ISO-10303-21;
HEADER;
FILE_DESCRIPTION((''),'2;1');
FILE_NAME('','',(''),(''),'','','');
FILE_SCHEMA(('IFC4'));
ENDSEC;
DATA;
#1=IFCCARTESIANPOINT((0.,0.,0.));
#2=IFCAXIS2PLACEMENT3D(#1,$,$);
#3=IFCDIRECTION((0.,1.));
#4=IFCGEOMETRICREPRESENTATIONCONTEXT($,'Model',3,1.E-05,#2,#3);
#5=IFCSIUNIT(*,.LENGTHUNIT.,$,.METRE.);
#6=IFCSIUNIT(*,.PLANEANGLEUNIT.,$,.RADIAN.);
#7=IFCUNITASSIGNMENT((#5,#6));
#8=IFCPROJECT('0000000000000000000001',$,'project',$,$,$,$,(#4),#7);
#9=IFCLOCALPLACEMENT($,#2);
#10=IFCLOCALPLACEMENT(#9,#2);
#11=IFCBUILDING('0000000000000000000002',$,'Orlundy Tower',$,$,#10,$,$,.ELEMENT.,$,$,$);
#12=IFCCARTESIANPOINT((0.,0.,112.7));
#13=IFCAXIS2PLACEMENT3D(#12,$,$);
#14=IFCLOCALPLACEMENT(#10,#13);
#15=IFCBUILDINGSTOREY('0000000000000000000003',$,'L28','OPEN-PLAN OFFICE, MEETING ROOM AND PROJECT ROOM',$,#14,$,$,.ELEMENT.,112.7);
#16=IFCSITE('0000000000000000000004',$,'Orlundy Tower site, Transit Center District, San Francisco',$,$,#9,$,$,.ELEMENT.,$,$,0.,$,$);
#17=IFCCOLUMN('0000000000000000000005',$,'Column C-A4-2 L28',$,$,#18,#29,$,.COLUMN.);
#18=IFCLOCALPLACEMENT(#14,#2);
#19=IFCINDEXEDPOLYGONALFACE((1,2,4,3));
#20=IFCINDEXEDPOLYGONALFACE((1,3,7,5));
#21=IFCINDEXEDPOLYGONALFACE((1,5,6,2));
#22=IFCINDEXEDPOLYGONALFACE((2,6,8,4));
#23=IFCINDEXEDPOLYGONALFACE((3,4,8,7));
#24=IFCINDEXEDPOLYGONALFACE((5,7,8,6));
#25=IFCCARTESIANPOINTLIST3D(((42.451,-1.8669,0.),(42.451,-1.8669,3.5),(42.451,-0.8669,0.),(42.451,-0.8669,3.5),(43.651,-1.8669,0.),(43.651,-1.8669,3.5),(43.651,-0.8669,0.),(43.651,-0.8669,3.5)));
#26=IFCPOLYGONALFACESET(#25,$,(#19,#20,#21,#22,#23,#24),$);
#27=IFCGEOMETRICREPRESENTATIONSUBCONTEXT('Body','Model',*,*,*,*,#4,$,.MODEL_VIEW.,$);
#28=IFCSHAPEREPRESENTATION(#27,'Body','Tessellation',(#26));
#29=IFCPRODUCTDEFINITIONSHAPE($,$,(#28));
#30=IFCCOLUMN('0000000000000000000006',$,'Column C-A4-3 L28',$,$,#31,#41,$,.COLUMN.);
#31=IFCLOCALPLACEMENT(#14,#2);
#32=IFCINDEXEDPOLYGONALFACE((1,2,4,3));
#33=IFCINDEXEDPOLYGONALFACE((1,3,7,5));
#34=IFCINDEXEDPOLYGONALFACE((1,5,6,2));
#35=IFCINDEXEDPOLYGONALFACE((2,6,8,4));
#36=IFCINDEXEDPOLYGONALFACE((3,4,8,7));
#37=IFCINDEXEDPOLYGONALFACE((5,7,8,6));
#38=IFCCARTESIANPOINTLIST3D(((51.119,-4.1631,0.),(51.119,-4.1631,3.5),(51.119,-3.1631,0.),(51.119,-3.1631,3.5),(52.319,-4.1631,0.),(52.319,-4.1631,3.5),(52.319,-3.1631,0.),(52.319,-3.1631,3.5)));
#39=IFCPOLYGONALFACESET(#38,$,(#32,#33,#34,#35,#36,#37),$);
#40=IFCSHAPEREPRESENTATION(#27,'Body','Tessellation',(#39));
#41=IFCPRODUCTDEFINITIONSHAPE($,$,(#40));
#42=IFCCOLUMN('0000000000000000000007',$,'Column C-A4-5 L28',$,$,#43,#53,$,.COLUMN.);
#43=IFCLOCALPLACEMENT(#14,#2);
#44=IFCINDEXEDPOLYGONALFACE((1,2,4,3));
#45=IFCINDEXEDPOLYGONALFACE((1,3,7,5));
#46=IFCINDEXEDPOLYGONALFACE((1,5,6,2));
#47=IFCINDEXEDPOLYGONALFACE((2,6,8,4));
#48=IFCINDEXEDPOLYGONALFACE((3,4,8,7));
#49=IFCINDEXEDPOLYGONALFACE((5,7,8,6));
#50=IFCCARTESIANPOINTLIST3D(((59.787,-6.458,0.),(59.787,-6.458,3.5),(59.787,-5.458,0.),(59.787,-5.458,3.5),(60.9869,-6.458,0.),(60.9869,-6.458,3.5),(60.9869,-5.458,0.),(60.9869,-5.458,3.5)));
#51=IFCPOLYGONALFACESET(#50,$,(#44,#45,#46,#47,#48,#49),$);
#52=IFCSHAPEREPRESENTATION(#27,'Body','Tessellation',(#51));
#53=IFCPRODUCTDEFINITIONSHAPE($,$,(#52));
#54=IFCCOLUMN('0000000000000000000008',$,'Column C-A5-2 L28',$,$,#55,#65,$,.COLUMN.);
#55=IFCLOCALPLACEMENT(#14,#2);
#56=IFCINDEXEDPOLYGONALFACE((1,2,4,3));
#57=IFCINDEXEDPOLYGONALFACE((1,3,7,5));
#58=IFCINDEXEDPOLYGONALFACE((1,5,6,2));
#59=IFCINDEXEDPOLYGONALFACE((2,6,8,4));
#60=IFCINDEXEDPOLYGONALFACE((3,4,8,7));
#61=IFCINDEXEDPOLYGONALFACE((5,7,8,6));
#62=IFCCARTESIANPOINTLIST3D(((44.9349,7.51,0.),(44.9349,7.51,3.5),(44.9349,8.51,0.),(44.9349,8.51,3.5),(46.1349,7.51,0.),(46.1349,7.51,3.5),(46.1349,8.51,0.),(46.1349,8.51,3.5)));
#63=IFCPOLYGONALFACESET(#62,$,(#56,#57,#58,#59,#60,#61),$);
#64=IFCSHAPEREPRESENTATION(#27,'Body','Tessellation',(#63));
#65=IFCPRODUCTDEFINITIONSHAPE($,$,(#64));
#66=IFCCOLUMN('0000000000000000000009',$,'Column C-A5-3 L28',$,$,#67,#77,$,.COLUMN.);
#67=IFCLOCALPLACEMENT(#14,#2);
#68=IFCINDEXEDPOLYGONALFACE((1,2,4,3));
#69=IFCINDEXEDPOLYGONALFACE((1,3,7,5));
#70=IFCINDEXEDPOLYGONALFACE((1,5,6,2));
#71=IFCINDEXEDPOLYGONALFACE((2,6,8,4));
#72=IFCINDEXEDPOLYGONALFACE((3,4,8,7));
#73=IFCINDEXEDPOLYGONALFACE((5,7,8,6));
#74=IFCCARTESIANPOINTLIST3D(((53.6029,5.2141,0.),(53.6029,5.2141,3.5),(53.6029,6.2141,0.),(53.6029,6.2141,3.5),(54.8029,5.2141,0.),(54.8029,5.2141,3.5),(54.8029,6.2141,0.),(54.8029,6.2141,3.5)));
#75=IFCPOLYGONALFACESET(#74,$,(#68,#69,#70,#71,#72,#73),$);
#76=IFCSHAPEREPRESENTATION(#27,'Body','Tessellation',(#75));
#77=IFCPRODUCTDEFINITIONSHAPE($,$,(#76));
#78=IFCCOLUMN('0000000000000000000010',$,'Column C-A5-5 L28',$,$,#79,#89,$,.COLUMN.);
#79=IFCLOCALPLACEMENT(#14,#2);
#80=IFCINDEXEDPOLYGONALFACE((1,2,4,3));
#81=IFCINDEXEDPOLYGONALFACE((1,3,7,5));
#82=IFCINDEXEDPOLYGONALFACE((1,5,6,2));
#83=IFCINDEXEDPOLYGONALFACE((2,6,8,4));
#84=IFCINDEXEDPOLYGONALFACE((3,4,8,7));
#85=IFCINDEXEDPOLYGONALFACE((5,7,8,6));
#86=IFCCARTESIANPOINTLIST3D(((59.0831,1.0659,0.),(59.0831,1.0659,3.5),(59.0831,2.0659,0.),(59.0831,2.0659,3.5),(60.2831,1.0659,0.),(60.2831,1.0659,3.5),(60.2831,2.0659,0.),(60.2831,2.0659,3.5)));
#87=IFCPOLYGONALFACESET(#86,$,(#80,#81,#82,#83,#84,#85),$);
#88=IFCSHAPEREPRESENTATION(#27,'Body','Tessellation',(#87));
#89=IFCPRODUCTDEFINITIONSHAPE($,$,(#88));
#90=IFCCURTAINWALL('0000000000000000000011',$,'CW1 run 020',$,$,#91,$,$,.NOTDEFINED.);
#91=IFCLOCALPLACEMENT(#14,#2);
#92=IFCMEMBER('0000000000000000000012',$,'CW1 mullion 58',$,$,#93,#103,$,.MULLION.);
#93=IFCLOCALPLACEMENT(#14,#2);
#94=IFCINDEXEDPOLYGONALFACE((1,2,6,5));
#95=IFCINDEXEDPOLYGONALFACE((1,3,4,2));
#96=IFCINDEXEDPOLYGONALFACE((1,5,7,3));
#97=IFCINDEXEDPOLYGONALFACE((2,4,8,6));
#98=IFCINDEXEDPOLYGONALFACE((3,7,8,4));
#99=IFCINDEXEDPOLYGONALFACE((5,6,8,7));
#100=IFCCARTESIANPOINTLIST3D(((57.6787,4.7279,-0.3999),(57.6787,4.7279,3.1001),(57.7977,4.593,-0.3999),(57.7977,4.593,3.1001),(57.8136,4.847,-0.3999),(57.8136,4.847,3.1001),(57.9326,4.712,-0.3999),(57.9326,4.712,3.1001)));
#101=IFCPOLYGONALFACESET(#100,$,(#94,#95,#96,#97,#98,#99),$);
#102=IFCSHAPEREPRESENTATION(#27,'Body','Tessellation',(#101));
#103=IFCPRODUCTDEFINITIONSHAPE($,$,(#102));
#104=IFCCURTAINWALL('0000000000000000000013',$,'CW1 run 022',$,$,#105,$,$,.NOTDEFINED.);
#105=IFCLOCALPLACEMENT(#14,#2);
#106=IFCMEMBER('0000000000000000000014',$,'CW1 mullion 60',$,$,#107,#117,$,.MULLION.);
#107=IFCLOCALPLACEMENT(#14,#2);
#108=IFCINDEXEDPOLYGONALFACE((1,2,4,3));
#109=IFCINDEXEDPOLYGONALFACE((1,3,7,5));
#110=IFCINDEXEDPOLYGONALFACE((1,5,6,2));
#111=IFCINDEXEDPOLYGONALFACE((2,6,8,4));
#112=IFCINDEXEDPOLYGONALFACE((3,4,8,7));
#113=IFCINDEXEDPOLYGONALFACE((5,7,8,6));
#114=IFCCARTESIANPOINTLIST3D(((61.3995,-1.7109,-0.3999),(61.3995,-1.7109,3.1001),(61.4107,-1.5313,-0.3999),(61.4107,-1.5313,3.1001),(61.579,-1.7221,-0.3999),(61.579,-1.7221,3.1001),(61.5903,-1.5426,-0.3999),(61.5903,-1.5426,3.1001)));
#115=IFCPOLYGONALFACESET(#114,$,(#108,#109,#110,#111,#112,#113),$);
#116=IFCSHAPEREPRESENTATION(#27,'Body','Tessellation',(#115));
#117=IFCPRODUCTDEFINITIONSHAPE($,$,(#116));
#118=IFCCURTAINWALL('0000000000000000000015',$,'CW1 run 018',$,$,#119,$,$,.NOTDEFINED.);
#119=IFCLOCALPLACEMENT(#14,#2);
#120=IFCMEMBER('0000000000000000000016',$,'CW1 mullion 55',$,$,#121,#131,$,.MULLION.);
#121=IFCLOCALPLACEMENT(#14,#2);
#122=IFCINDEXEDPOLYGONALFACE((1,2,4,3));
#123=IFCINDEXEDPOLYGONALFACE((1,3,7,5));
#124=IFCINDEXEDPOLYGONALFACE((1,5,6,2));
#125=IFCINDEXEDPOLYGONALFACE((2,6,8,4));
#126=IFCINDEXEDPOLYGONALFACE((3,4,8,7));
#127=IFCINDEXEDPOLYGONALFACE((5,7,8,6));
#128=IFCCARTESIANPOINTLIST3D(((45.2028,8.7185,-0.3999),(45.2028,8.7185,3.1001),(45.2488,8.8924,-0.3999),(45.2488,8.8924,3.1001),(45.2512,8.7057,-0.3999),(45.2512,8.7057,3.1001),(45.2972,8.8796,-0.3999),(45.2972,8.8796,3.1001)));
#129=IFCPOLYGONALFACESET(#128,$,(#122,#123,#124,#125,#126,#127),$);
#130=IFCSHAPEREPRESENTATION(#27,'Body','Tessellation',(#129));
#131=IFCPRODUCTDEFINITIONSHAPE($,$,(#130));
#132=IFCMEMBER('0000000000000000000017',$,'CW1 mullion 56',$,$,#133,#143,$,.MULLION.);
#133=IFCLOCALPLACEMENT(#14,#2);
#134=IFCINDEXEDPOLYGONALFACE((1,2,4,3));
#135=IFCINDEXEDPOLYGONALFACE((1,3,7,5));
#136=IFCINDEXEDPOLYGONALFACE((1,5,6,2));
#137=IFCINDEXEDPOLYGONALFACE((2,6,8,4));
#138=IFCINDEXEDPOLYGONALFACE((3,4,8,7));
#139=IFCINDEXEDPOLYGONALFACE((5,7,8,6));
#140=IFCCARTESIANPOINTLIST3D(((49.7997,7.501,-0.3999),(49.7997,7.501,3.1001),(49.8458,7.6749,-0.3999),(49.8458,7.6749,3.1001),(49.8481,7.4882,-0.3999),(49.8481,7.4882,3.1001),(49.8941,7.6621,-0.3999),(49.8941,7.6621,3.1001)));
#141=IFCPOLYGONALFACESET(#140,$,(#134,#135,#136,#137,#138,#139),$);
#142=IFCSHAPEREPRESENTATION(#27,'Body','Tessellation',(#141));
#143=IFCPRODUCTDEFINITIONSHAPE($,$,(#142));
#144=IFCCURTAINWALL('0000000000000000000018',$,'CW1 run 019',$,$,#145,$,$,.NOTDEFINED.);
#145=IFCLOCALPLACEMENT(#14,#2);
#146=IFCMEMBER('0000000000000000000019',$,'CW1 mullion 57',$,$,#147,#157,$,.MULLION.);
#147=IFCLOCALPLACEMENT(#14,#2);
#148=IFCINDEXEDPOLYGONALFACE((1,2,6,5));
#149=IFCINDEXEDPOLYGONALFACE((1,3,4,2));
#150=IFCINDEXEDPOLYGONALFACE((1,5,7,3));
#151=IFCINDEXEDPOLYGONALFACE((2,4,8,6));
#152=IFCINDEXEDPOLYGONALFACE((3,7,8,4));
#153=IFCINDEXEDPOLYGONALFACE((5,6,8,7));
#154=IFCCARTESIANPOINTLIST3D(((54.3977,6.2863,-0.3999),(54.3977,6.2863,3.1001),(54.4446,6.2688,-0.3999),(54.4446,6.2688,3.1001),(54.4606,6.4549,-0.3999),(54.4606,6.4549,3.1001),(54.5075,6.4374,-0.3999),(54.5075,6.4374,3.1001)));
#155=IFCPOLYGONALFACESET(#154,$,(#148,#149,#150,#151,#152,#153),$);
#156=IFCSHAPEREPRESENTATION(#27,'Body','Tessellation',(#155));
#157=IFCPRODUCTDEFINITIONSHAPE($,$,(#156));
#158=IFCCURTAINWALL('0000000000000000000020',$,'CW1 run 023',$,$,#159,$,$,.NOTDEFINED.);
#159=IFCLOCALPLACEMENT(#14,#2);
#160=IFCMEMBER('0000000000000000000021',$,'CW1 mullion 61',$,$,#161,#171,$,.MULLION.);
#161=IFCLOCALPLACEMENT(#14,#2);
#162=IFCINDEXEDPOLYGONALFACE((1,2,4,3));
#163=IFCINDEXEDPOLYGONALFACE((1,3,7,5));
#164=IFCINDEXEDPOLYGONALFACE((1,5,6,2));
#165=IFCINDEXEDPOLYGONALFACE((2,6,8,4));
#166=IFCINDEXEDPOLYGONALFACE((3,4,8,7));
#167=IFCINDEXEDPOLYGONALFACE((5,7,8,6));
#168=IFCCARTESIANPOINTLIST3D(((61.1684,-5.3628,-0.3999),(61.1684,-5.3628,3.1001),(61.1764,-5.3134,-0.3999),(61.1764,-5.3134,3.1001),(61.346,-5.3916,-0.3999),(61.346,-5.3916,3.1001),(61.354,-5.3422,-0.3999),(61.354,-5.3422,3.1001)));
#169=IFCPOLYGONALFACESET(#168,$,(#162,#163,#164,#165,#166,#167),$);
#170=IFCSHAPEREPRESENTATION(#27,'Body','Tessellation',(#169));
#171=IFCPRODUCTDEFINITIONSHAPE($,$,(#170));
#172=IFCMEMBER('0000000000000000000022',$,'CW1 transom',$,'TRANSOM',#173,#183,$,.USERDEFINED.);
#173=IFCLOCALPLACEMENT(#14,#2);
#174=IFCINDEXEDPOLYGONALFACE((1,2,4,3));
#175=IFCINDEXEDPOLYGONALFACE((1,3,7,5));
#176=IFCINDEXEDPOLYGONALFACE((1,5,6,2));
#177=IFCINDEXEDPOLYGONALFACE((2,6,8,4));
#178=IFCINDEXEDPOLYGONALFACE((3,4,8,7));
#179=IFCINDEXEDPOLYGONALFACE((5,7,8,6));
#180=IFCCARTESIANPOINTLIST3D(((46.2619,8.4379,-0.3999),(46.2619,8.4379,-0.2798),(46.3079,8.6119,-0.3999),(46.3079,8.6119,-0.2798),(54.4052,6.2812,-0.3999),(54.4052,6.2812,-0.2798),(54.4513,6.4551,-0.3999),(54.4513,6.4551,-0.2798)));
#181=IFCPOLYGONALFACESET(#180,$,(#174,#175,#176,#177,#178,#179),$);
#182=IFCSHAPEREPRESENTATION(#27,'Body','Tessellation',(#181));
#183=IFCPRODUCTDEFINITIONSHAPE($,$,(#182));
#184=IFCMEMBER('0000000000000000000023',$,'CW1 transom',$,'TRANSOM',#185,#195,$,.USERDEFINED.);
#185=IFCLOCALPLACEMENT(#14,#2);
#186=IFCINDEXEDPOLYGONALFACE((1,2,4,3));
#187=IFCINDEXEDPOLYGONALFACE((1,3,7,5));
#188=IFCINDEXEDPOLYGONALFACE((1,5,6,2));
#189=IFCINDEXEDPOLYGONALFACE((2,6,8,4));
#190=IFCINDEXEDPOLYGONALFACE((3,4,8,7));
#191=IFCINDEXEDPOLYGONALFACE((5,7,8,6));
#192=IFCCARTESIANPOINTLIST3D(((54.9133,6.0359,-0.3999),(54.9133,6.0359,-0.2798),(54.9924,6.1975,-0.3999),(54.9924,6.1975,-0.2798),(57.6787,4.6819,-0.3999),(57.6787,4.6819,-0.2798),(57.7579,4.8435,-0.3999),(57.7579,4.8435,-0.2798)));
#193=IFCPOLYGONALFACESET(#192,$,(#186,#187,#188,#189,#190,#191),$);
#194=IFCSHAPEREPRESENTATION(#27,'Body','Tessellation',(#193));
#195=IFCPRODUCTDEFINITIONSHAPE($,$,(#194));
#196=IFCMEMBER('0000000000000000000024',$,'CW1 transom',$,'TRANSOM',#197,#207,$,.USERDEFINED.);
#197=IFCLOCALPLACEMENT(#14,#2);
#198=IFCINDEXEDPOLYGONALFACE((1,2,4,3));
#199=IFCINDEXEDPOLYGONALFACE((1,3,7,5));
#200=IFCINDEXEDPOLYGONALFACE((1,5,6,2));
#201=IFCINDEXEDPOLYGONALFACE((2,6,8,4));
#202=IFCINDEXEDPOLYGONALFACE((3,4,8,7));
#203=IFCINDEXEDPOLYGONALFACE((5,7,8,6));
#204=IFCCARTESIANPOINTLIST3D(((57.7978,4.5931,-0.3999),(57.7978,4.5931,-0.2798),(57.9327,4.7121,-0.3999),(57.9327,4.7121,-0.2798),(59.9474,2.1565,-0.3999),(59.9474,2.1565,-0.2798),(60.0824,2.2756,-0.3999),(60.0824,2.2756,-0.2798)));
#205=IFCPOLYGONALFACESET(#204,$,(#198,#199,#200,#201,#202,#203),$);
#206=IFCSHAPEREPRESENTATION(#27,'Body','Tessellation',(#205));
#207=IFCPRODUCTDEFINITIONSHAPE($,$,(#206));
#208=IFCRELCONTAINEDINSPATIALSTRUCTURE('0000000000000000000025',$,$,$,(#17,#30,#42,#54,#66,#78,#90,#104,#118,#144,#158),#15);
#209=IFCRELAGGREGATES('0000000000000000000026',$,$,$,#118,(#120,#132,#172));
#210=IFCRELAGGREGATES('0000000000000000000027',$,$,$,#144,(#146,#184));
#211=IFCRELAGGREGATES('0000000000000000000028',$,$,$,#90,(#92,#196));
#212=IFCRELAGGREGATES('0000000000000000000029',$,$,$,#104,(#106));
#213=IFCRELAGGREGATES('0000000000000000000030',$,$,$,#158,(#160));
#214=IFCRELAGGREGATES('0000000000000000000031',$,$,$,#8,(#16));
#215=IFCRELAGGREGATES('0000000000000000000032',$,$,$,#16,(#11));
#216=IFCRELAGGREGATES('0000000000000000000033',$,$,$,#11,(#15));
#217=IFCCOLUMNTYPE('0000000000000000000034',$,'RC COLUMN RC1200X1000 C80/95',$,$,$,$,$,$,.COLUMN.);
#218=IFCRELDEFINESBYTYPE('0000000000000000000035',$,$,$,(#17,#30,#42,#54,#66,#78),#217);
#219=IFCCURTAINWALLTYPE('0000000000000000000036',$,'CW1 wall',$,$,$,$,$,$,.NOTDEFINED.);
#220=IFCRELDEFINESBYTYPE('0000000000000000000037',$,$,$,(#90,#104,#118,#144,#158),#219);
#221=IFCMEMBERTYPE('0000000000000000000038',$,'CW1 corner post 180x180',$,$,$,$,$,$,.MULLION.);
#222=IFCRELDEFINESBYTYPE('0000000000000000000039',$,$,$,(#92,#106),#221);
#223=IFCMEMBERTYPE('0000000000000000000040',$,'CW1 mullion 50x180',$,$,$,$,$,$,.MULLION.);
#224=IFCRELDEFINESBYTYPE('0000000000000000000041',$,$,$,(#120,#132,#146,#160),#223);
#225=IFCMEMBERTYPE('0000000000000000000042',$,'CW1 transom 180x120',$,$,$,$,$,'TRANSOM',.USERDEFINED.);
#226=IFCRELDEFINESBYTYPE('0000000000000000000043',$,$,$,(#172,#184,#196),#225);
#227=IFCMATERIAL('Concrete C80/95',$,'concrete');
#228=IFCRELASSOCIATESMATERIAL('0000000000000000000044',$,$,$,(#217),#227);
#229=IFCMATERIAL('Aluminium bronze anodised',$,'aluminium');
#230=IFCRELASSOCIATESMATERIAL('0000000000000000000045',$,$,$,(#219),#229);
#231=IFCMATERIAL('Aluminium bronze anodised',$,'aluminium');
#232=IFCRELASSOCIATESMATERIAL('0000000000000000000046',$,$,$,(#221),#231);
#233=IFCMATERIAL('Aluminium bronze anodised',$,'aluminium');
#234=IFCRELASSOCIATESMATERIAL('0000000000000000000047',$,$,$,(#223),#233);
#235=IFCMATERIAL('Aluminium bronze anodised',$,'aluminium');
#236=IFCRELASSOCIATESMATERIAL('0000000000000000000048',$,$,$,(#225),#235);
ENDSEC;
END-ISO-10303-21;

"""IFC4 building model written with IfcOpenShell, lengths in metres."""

from ifc_helpers import new_model, si_unit, direction, frame, origin, origin_2d, place, context, subcontext, project, spatial, rectangle, extrude, material, material_profile, profile_set, type_object, element, aggregate, save


model = new_model("IFC4")

# Units and contexts
model_context = context("Model", 3, precision=1e-05, world=origin(), true_north=direction((0.0, 1.0)))
body_context = subcontext(model_context, "Body", "Model", "MODEL_VIEW")
ifc_project = project(units=[si_unit("LENGTHUNIT", "METRE"), si_unit("PLANEANGLEUNIT", "RADIAN")], contexts=[model_context])

# Site, building, storey
site_placement = place(None, origin())
site = spatial("IfcSite", under=ifc_project, at=site_placement, Name="Orlundy Tower site, Transit Center District, San Francisco", CompositionType="ELEMENT", RefElevation=0.0)
building_placement = place(site_placement, origin())
building = spatial("IfcBuilding", under=site, at=building_placement, Name="Orlundy Tower", CompositionType="ELEMENT")
storey_placement = place(building_placement, frame((0.0, 0.0, 112.7)))
storey = spatial("IfcBuildingStorey", under=building, at=storey_placement, Name="L28", Description="OPEN-PLAN OFFICE, MEETING ROOM AND PROJECT ROOM", CompositionType="ELEMENT", Elevation=112.7)

# Columns
ifc_material_1 = material(Name="Concrete C80/95", Category="concrete")
ifc_material_profile_1 = material_profile(ifc_material_1, rectangle(XDim=1.2, YDim=1.0, at=origin_2d()), Name="RC1200X1000")
ifc_profile_set_1 = profile_set([ifc_material_profile_1], Name="Concrete C80/95")
column_type = type_object("IfcColumnType", Name="RC COLUMN RC1200X1000 C80/95", PredefinedType="COLUMN", material=ifc_profile_set_1)
for number, where, z_axis, x_axis, name in (
    (1, (43.051, -1.3669, 0.0), (0.0, 0.0, 1.0), (1.0, 0.0, 0.0), "Column C-A4-2 L28"),
    (2, (51.719, -3.6631, 0.0), (0.0, 0.0, 1.0), (1.0, 0.0, 0.0), "Column C-A4-3 L28"),
    (3, (60.387, -5.958, 0.0), (0.0, 0.0, 1.0), (1.0, 0.0, 0.0), "Column C-A4-5 L28"),
    (4, (45.5349, 8.01, 0.0), (0.0, 0.0, 1.0), (1.0, 0.0, 0.0), "Column C-A5-2 L28"),
    (5, (54.2029, 5.7141, 0.0), (0.0, 0.0, 1.0), (1.0, 0.0, 0.0), "Column C-A5-3 L28"),
    (6, (59.6831, 1.5659, 0.0), (0.0, 0.0, 1.0), (1.0, 0.0, 0.0), "Column C-A5-5 L28"),
):
    element("IfcColumn", number, at=place(storey_placement, frame(where, z_axis=z_axis, x_axis=x_axis)), inside=storey, type_object=column_type, Name=name, PredefinedType="COLUMN", context=body_context, shape_type="SweptSolid", body=[
        extrude(rectangle(XDim=1.2, YDim=1.0, at=origin_2d()), origin(), (0.0, 0.0, 1.0), 3.5),
    ])

# Curtain walls, members
ifc_material_2 = material(Name="Aluminium bronze anodised", Category="aluminium")
curtain_wall_type = type_object("IfcCurtainWallType", Name="CW1 wall", PredefinedType="NOTDEFINED", material=ifc_material_2)
curtain_wall_1_placement = place(storey_placement, origin())
curtain_wall_1 = element("IfcCurtainWall", 7, at=curtain_wall_1_placement, inside=storey, type_object=curtain_wall_type, Name="CW1 run 020", PredefinedType="NOTDEFINED")
ifc_material_3 = material(Name="Aluminium bronze anodised", Category="aluminium")
ifc_material_profile_2 = material_profile(ifc_material_3, rectangle(XDim=0.1799, YDim=0.1799, at=origin_2d()), Name="CW1 corner post 180x180")
ifc_profile_set_2 = profile_set([ifc_material_profile_2], Name="Aluminium bronze anodised")
member_type_1 = type_object("IfcMemberType", Name="CW1 corner post 180x180", PredefinedType="MULLION", material=ifc_profile_set_2)
member_1_placement = place(storey_placement, frame((57.8057, 4.72, -0.3999), z_axis=(0.0, 0.0, 1.0), x_axis=(0.749846, 0.661613, 0.0)))
member_1 = element("IfcMember", 8, at=member_1_placement, type_object=member_type_1, Name="CW1 mullion 58", PredefinedType="MULLION", context=body_context, shape_type="SweptSolid", body=[
    extrude(rectangle(XDim=0.1799, YDim=0.1799, at=origin_2d()), origin(), (0.0, 0.0, 1.0), 3.5),
])
curtain_wall_2_placement = place(storey_placement, origin())
curtain_wall_2 = element("IfcCurtainWall", 9, at=curtain_wall_2_placement, inside=storey, type_object=curtain_wall_type, Name="CW1 run 022", PredefinedType="NOTDEFINED")
member_2_placement = place(storey_placement, frame((61.4949, -1.6267, -0.3999), z_axis=(0.0, 0.0, 1.0), x_axis=(0.998039, -0.062597, 0.0)))
member_2 = element("IfcMember", 10, at=member_2_placement, type_object=member_type_1, Name="CW1 mullion 60", PredefinedType="MULLION", context=body_context, shape_type="SweptSolid", body=[
    extrude(rectangle(XDim=0.1799, YDim=0.1799, at=origin_2d()), origin(), (0.0, 0.0, 1.0), 3.5),
])

# Curtain wall, members
curtain_wall_3_placement = place(storey_placement, origin())
curtain_wall_3 = element("IfcCurtainWall", 11, at=curtain_wall_3_placement, inside=storey, type_object=curtain_wall_type, Name="CW1 run 018", PredefinedType="NOTDEFINED")
ifc_material_4 = material(Name="Aluminium bronze anodised", Category="aluminium")
ifc_material_profile_3 = material_profile(ifc_material_4, rectangle(XDim=0.1799, YDim=0.05, at=origin_2d()), Name="CW1 mullion 50x180")
ifc_profile_set_3 = profile_set([ifc_material_profile_3], Name="Aluminium bronze anodised")
member_type_2 = type_object("IfcMemberType", Name="CW1 mullion 50x180", PredefinedType="MULLION", material=ifc_profile_set_3)
member_3_placement = place(storey_placement, frame((45.25, 8.7991, -0.3999), z_axis=(0.0, 0.0, 1.0), x_axis=(0.25602, 0.966672, 0.0)))
member_3 = element("IfcMember", 12, at=member_3_placement, type_object=member_type_2, Name="CW1 mullion 55", PredefinedType="MULLION", context=body_context, shape_type="SweptSolid", body=[
    extrude(rectangle(XDim=0.1799, YDim=0.05, at=origin_2d()), origin(), (0.0, 0.0, 1.0), 3.5),
])
member_4_placement = place(storey_placement, frame((49.8469, 7.5815, -0.3999), z_axis=(0.0, 0.0, 1.0), x_axis=(0.25602, 0.966672, 0.0)))
member_4 = element("IfcMember", 13, at=member_4_placement, type_object=member_type_2, Name="CW1 mullion 56", PredefinedType="MULLION", context=body_context, shape_type="SweptSolid", body=[
    extrude(rectangle(XDim=0.1799, YDim=0.05, at=origin_2d()), origin(), (0.0, 0.0, 1.0), 3.5),
])

# Curtain walls, members
curtain_wall_4_placement = place(storey_placement, origin())
curtain_wall_4 = element("IfcCurtainWall", 14, at=curtain_wall_4_placement, inside=storey, type_object=curtain_wall_type, Name="CW1 run 019", PredefinedType="NOTDEFINED")
member_5_placement = place(storey_placement, frame((54.4526, 6.3618, -0.3999), z_axis=(0.0, 0.0, 1.0), x_axis=(0.34957, 0.93691, 0.0)))
member_5 = element("IfcMember", 15, at=member_5_placement, type_object=member_type_2, Name="CW1 mullion 57", PredefinedType="MULLION", context=body_context, shape_type="SweptSolid", body=[
    extrude(rectangle(XDim=0.1799, YDim=0.05, at=origin_2d()), origin(), (0.0, 0.0, 1.0), 3.5),
])
curtain_wall_5_placement = place(storey_placement, origin())
curtain_wall_5 = element("IfcCurtainWall", 16, at=curtain_wall_5_placement, inside=storey, type_object=curtain_wall_type, Name="CW1 run 023", PredefinedType="NOTDEFINED")
member_6_placement = place(storey_placement, frame((61.2612, -5.3525, -0.3999), z_axis=(0.0, 0.0, 1.0), x_axis=(0.987107, -0.160064, 0.0)))
member_6 = element("IfcMember", 17, at=member_6_placement, type_object=member_type_2, Name="CW1 mullion 61", PredefinedType="MULLION", context=body_context, shape_type="SweptSolid", body=[
    extrude(rectangle(XDim=0.1799, YDim=0.05, at=origin_2d()), origin(), (0.0, 0.0, 1.0), 3.5),
])

# Members
ifc_material_5 = material(Name="Aluminium bronze anodised", Category="aluminium")
ifc_material_profile_4 = material_profile(ifc_material_5, rectangle(XDim=0.1799, YDim=0.1201, at=origin_2d()), Name="CW1 transom 180x120")
ifc_profile_set_4 = profile_set([ifc_material_profile_4], Name="Aluminium bronze anodised")
member_type_3 = type_object("IfcMemberType", Name="CW1 transom 180x120", ElementType="TRANSOM", PredefinedType="USERDEFINED", material=ifc_profile_set_4)
member_7_placement = place(storey_placement, frame((46.2849, 8.5249, -0.3398), z_axis=(0.966671, -0.256021, 0.0), x_axis=(0.256021, 0.966671, 0.0)))
member_7 = element("IfcMember", 18, at=member_7_placement, type_object=member_type_3, Name="CW1 transom", ObjectType="TRANSOM", PredefinedType="USERDEFINED", context=body_context, shape_type="SweptSolid", body=[
    extrude(rectangle(XDim=0.1799, YDim=0.1201, at=origin_2d()), origin(), (0.0, 0.0, 1.0), 8.4241),
])
member_8_placement = place(storey_placement, frame((54.9529, 6.1167, -0.3398), z_axis=(0.898123, -0.439745, 0.0), x_axis=(0.439745, 0.898123, 0.0)))
member_8 = element("IfcMember", 19, at=member_8_placement, type_object=member_type_3, Name="CW1 transom", ObjectType="TRANSOM", PredefinedType="USERDEFINED", context=body_context, shape_type="SweptSolid", body=[
    extrude(rectangle(XDim=0.1799, YDim=0.1201, at=origin_2d()), origin(), (0.0, 0.0, 1.0), 3.0791),
])
member_9_placement = place(storey_placement, frame((57.8652, 4.6526, -0.3398), z_axis=(0.661584, -0.749871, 0.0), x_axis=(0.749871, 0.661584, 0.0)))
member_9 = element("IfcMember", 20, at=member_9_placement, type_object=member_type_3, Name="CW1 transom", ObjectType="TRANSOM", PredefinedType="USERDEFINED", context=body_context, shape_type="SweptSolid", body=[
    extrude(rectangle(XDim=0.1799, YDim=0.1201, at=origin_2d()), origin(), (0.0, 0.0, 1.0), 3.2493),
])

aggregate(curtain_wall_3, [member_3, member_4, member_7])
aggregate(curtain_wall_4, [member_5, member_8])
aggregate(curtain_wall_1, [member_1, member_9])
aggregate(curtain_wall_2, [member_2])
aggregate(curtain_wall_5, [member_6])

save(model, "model.ifc")
